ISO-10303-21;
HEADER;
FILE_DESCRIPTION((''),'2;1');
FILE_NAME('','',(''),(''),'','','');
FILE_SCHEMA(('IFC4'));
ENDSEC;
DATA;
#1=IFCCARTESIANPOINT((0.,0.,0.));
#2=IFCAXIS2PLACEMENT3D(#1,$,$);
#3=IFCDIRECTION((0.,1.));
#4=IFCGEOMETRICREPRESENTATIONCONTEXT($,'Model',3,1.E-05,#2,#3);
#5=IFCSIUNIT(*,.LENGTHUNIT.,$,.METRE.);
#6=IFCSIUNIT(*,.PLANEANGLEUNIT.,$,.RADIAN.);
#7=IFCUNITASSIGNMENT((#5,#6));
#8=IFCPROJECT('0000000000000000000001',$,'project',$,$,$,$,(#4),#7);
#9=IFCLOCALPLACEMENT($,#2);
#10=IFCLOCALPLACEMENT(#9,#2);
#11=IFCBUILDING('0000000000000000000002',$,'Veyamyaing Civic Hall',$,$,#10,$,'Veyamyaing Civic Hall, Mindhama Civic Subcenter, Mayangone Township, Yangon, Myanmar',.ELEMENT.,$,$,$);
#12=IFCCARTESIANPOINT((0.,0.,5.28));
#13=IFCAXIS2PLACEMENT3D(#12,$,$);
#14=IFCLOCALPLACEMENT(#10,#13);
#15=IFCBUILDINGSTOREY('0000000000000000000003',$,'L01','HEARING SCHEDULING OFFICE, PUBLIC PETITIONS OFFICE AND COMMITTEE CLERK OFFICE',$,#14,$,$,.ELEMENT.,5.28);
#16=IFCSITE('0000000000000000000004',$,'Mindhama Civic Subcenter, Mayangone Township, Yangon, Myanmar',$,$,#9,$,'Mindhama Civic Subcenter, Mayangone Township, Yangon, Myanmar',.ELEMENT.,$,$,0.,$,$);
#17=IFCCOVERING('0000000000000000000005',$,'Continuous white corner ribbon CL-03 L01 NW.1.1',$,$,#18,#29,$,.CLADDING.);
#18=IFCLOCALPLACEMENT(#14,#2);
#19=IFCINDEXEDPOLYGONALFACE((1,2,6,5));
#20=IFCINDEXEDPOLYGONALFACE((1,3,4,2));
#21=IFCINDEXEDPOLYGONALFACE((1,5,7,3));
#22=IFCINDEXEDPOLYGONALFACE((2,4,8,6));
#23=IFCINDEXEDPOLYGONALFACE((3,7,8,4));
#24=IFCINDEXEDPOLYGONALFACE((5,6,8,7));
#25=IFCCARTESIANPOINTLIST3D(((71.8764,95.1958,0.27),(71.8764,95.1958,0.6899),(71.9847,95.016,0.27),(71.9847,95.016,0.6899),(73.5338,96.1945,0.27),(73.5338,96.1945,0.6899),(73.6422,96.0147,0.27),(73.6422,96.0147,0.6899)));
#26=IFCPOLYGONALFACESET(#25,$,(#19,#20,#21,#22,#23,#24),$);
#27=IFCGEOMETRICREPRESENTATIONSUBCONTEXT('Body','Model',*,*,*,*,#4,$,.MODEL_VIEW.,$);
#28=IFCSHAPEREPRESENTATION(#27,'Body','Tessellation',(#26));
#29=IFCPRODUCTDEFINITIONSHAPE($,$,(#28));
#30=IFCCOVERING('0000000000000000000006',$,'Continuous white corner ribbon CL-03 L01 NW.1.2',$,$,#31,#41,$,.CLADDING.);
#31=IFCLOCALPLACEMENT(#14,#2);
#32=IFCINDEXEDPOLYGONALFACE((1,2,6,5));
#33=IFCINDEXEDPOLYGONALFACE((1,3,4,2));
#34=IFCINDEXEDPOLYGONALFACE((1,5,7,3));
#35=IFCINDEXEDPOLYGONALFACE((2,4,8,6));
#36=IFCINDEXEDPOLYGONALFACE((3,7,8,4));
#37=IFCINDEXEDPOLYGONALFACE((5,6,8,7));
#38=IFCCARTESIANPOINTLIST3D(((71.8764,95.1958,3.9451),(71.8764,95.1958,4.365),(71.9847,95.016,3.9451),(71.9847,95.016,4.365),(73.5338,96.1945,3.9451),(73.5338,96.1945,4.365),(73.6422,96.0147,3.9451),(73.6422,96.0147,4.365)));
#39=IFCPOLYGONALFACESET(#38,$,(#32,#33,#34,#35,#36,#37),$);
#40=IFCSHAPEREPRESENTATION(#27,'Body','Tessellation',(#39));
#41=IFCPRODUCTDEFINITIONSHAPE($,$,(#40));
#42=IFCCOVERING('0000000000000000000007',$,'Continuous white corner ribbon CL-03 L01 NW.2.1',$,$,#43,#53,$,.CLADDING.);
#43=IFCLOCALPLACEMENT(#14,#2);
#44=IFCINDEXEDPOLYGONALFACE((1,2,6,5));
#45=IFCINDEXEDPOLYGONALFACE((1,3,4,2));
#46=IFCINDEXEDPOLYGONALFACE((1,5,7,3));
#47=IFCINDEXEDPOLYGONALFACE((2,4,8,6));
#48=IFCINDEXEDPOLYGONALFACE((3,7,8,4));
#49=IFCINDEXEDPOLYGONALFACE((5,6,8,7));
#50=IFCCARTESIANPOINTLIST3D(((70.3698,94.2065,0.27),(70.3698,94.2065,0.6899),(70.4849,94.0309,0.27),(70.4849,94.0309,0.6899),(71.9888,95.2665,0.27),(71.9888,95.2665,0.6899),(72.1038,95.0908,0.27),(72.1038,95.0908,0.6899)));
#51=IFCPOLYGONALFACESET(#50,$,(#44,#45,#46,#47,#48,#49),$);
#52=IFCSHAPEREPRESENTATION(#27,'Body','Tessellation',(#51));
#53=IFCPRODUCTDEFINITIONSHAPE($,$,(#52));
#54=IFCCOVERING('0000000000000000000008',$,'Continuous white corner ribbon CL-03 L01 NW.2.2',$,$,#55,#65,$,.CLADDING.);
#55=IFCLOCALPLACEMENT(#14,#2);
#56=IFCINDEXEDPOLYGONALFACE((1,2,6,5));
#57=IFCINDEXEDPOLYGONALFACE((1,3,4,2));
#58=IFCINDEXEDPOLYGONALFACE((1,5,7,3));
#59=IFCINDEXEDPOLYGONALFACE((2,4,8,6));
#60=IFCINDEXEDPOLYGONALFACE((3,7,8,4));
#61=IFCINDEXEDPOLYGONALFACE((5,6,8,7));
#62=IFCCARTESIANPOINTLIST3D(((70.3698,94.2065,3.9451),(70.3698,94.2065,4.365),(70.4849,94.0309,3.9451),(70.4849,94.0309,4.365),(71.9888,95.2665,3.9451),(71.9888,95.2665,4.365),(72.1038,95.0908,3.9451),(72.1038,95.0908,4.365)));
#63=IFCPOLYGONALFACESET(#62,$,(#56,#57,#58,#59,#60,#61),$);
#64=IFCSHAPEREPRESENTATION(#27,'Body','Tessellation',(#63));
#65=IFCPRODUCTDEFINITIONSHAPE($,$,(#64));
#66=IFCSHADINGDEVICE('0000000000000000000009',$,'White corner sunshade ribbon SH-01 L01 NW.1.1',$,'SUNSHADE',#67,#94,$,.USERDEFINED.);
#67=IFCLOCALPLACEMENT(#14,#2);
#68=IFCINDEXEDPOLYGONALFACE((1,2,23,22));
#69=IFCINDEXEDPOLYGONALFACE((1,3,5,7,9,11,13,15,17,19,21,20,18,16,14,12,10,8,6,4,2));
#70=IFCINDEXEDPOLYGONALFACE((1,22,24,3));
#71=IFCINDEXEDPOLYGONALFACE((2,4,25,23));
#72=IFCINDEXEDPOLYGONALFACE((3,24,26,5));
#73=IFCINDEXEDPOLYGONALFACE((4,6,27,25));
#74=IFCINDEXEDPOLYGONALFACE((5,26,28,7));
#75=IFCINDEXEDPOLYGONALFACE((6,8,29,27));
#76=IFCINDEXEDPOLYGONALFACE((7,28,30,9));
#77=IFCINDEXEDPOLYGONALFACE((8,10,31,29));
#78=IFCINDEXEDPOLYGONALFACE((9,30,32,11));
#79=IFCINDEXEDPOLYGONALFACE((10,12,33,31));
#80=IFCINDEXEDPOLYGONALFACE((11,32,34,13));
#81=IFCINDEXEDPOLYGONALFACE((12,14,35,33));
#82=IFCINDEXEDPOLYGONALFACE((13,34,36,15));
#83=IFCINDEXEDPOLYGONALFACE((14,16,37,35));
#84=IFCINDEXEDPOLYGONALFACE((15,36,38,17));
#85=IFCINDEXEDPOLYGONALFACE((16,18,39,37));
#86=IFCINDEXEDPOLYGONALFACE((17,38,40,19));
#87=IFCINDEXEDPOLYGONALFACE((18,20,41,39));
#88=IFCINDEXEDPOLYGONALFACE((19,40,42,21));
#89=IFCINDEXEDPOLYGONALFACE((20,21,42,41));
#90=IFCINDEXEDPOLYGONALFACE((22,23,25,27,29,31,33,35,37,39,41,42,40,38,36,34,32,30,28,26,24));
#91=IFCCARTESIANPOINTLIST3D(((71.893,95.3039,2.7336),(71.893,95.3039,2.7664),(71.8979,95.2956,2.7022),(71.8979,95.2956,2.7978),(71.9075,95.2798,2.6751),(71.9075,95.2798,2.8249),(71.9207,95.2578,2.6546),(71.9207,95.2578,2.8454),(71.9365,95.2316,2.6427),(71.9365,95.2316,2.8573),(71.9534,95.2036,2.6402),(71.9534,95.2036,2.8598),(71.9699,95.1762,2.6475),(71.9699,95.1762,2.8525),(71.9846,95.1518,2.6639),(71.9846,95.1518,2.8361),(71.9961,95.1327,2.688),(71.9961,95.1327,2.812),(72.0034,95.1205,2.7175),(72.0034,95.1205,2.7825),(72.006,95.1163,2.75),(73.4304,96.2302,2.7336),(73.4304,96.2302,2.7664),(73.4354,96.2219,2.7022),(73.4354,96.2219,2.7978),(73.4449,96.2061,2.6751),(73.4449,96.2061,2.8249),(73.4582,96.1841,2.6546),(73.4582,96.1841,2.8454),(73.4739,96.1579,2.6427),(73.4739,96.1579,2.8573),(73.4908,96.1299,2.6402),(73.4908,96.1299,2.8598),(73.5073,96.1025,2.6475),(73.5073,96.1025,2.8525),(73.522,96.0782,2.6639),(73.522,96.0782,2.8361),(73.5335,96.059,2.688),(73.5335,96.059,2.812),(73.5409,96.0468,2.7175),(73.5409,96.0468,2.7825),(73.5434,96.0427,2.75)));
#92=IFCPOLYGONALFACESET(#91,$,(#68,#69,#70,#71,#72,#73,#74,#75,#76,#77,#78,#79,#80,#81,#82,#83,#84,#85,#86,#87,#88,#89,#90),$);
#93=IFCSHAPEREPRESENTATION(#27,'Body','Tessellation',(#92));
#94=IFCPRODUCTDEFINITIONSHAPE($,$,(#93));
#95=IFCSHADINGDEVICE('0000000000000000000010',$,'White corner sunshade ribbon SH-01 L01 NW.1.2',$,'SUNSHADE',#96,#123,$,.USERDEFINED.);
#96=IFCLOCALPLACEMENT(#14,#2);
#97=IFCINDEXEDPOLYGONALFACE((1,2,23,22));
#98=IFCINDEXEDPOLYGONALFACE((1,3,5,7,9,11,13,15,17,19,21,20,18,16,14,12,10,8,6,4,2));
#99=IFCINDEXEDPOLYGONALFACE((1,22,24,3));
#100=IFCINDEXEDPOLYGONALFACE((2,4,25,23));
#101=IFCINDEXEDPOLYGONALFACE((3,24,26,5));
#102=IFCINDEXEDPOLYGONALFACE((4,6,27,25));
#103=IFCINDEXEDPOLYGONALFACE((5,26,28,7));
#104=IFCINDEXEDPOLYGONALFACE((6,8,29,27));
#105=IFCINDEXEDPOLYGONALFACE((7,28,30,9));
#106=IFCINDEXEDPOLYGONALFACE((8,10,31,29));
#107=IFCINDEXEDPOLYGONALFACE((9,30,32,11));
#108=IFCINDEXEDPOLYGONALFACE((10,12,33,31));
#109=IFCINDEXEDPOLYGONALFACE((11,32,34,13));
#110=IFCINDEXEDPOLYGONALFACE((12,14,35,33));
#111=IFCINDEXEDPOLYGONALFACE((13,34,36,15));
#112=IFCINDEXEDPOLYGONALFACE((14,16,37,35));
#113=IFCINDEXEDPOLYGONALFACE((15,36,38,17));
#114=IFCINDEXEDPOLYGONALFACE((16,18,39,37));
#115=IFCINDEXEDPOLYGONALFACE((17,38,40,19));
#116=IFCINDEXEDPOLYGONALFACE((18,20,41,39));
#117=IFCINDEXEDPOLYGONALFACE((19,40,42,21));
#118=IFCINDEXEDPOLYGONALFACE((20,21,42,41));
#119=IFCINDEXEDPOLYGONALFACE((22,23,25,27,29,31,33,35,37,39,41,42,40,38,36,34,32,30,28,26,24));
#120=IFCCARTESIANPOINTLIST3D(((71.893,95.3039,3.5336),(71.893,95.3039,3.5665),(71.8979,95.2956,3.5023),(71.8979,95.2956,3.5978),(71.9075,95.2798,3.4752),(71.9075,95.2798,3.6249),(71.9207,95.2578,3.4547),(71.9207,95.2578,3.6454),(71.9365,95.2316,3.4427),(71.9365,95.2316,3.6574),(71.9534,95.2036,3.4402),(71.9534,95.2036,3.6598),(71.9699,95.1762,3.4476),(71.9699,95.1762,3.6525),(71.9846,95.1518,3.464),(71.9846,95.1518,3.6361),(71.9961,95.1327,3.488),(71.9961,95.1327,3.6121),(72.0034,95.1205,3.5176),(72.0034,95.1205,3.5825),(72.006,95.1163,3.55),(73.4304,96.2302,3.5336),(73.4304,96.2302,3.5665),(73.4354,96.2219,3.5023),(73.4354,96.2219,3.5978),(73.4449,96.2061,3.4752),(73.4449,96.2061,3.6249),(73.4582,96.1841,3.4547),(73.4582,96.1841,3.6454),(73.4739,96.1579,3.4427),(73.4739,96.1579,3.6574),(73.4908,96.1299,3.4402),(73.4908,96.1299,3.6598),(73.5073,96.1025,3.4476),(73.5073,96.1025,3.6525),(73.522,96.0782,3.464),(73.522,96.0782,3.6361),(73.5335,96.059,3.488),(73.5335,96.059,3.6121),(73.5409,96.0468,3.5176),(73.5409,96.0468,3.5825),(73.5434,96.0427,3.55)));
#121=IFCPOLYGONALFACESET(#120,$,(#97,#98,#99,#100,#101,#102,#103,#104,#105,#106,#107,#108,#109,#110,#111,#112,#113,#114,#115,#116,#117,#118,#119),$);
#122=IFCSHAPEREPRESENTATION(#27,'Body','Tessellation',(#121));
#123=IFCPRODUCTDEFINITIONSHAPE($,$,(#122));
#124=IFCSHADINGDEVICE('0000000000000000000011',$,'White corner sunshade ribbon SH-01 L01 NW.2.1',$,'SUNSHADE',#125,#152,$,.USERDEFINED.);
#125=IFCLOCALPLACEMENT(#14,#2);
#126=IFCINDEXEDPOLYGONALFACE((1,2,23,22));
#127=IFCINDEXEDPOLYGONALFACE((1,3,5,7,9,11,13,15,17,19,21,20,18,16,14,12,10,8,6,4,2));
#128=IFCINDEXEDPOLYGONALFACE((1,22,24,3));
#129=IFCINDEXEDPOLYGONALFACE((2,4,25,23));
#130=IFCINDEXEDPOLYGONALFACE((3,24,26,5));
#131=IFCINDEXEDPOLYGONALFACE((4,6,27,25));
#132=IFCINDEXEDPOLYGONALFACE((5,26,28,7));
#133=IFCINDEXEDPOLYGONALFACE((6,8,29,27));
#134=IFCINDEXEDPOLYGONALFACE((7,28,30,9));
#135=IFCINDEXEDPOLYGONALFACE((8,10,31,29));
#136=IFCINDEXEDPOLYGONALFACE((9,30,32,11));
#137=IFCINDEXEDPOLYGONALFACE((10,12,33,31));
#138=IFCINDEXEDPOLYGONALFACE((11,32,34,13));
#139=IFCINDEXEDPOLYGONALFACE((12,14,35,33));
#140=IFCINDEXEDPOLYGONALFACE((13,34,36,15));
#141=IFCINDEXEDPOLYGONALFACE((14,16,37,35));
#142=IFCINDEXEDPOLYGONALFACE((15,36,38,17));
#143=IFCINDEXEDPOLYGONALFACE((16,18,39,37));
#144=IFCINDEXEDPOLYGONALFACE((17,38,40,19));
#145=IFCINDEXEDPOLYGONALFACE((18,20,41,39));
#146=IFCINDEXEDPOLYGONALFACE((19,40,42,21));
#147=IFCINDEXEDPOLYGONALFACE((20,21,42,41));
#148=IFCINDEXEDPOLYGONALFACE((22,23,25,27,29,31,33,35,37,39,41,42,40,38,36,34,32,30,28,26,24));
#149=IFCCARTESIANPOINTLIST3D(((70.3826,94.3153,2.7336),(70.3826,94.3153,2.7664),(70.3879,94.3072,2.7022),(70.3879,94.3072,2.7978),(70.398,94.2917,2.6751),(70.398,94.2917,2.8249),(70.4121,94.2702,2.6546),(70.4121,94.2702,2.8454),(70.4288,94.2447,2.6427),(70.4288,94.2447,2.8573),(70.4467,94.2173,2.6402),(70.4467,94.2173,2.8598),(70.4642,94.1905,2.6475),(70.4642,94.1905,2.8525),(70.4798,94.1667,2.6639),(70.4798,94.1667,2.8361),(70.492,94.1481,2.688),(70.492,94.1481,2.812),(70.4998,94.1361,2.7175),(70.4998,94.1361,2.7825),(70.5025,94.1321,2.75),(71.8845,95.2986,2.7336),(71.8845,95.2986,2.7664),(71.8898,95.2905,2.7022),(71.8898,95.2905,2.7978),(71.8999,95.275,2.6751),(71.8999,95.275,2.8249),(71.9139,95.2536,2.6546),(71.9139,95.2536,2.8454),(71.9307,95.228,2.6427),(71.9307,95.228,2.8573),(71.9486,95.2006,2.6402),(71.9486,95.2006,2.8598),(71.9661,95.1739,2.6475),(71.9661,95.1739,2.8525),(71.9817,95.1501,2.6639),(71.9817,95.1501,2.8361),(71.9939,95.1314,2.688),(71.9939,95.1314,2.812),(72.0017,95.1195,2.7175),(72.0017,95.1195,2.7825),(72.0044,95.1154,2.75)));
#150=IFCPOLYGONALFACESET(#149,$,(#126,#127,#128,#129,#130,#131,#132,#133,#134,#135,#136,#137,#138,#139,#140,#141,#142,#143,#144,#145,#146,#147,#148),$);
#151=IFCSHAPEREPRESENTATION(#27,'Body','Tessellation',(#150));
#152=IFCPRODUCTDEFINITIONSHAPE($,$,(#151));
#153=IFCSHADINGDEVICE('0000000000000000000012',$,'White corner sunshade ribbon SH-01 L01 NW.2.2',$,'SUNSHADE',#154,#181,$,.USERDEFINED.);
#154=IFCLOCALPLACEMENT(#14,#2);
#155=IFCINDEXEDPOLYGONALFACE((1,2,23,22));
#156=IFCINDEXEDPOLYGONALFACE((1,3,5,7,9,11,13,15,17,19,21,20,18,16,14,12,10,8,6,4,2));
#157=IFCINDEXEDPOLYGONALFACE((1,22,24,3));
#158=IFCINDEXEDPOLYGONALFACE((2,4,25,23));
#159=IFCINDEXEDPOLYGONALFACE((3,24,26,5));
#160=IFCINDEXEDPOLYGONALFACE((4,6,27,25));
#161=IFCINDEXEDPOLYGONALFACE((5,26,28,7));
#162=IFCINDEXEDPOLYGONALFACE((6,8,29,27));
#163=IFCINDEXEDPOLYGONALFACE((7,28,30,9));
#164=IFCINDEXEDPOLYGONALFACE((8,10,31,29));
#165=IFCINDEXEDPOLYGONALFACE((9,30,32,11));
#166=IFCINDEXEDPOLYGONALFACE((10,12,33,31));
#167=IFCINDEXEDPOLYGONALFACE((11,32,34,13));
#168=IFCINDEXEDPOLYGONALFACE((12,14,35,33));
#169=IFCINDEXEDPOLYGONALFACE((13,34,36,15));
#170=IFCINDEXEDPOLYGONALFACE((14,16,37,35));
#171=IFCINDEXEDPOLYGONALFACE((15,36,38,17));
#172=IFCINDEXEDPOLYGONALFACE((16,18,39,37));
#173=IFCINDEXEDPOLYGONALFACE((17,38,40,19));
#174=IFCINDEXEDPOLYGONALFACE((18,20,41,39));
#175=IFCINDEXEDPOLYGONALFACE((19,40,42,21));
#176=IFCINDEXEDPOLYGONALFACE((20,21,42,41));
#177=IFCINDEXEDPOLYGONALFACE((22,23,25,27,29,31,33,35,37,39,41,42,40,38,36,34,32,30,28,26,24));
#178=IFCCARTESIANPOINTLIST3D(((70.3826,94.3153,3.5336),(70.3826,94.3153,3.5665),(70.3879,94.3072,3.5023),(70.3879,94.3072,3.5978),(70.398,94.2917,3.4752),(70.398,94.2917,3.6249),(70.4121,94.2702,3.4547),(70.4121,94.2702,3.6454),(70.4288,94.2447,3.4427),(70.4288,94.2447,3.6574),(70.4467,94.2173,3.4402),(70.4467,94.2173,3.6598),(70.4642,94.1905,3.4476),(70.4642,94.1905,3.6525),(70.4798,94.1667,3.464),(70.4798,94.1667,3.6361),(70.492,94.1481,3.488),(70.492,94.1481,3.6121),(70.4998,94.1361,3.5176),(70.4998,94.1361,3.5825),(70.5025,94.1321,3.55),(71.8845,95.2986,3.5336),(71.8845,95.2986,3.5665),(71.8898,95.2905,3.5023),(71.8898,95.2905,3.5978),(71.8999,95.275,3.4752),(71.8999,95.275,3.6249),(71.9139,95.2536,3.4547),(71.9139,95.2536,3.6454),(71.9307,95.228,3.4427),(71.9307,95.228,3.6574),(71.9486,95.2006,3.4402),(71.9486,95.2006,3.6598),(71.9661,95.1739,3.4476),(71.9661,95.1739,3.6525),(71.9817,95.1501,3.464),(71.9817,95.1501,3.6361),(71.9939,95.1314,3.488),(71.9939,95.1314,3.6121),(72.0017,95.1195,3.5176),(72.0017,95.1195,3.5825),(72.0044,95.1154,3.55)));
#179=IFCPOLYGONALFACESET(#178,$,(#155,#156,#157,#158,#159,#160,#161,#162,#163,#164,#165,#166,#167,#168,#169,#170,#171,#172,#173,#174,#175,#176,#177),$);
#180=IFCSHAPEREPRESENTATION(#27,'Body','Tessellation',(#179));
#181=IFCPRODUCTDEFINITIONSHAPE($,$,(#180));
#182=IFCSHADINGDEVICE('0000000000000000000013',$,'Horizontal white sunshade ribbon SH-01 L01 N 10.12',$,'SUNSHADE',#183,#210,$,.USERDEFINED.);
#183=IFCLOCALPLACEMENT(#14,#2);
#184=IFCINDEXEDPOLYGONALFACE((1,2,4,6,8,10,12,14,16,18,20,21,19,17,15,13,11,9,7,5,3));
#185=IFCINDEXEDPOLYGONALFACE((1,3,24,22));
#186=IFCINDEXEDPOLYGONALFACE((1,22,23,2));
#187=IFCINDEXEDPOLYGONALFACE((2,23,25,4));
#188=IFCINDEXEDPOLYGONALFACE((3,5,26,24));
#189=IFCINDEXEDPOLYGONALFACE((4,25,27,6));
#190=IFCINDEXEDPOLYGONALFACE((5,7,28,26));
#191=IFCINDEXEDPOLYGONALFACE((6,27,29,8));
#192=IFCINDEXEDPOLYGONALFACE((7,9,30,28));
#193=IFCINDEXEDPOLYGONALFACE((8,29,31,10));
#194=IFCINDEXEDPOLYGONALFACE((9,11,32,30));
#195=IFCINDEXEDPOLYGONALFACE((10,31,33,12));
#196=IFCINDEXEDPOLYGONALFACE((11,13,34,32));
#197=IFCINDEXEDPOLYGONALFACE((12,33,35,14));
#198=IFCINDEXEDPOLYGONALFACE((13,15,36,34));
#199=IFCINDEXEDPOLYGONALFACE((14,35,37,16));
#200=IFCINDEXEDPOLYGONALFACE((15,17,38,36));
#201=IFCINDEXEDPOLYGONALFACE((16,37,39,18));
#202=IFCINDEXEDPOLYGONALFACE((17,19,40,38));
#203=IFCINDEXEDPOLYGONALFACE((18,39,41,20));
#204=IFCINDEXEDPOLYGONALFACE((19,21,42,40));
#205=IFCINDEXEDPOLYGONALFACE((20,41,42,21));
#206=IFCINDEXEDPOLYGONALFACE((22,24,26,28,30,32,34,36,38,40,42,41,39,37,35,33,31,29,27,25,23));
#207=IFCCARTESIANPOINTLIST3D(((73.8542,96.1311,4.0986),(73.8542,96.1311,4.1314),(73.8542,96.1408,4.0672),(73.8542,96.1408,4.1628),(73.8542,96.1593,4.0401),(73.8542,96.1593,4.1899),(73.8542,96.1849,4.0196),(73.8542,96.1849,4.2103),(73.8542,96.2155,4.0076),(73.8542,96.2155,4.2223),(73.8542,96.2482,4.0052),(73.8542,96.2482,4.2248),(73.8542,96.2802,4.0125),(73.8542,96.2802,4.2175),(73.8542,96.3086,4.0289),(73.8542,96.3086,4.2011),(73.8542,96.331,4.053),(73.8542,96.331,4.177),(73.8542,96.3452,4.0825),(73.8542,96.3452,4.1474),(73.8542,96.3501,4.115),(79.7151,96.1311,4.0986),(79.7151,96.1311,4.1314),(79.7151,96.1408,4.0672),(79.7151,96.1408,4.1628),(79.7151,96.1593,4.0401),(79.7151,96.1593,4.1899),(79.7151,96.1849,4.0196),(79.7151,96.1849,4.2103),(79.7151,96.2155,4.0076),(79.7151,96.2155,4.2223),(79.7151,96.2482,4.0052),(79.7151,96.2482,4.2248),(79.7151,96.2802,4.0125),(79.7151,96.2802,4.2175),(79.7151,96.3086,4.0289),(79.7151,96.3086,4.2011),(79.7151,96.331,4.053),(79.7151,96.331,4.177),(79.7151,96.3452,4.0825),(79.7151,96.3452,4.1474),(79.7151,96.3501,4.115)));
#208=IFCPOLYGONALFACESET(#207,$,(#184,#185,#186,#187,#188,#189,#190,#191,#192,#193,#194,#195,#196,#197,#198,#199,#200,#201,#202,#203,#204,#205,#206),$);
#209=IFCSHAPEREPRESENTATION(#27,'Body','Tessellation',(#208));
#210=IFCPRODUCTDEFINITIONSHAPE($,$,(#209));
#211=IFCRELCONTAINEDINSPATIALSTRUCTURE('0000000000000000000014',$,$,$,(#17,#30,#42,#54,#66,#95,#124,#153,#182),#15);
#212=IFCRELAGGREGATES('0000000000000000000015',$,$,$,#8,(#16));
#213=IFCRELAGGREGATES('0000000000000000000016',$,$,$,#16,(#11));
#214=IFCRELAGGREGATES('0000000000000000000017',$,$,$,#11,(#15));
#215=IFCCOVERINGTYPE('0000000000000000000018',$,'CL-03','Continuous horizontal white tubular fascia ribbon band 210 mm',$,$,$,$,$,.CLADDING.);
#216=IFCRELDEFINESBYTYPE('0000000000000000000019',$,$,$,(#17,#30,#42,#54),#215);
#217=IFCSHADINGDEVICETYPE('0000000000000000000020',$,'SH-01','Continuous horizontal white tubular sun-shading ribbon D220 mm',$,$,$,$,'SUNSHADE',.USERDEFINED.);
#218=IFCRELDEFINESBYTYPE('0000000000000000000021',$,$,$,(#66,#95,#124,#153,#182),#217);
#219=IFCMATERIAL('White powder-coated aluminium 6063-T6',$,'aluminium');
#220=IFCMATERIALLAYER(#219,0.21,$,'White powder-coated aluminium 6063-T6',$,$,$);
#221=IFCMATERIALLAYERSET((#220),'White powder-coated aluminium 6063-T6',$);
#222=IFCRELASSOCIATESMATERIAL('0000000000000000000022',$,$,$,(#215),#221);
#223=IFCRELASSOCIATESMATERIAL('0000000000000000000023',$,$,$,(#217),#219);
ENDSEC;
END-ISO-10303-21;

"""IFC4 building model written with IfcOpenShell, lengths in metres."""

from ifc_helpers import new_model, si_unit, direction, frame, origin, origin_2d, place, context, subcontext, project, spatial, rectangle, circle, extrude, material, layer, layer_set, material_profile, profile_set, type_object, element, save


model = new_model("IFC4")

# Units and contexts
model_context = context("Model", 3, precision=1e-05, world=origin(), true_north=direction((0.0, 1.0)))
body_context = subcontext(model_context, "Body", "Model", "MODEL_VIEW")
ifc_project = project(units=[si_unit("LENGTHUNIT", "METRE"), si_unit("PLANEANGLEUNIT", "RADIAN")], contexts=[model_context])

# Site, building, storey
site_placement = place(None, origin())
site = spatial("IfcSite", under=ifc_project, at=site_placement, Name="Mindhama Civic Subcenter, Mayangone Township, Yangon, Myanmar", LongName="Mindhama Civic Subcenter, Mayangone Township, Yangon, Myanmar", CompositionType="ELEMENT", RefElevation=0.0)
building_placement = place(site_placement, origin())
building = spatial("IfcBuilding", under=site, at=building_placement, Name="Veyamyaing Civic Hall", LongName="Veyamyaing Civic Hall, Mindhama Civic Subcenter, Mayangone Township, Yangon, Myanmar", CompositionType="ELEMENT")
storey_placement = place(building_placement, frame((0.0, 0.0, 5.28)))
storey = spatial("IfcBuildingStorey", under=building, at=storey_placement, Name="L01", Description="HEARING SCHEDULING OFFICE, PUBLIC PETITIONS OFFICE AND COMMITTEE CLERK OFFICE", CompositionType="ELEMENT", Elevation=5.28)

# Coverings
ifc_material_1 = material(Name="White powder-coated aluminium 6063-T6", Category="aluminium")
ifc_layer_1 = layer(ifc_material_1, 0.21, Name="White powder-coated aluminium 6063-T6")
ifc_layer_set_1 = layer_set([ifc_layer_1], Name="White powder-coated aluminium 6063-T6")
covering_type = type_object("IfcCoveringType", Name="CL-03", Description="Continuous horizontal white tubular fascia ribbon band 210 mm", PredefinedType="CLADDING", material=ifc_layer_set_1)
for number, where, z_axis, x_axis, name in (
    (1, (72.7593, 95.6052, 0.27), (0.0, 0.0, 1.0), (-0.856524, -0.516107, 0.0), "Continuous white corner ribbon CL-03 L01 NW.1.1"),
    (2, (72.7593, 95.6052, 3.9451), (0.0, 0.0, 1.0), (-0.856524, -0.516107, 0.0), "Continuous white corner ribbon CL-03 L01 NW.1.2"),
    (3, (71.2368, 94.6487, 0.27), (0.0, 0.0, 1.0), (-0.836628, -0.547772, 0.0), "Continuous white corner ribbon CL-03 L01 NW.2.1"),
    (4, (71.2368, 94.6487, 3.9451), (0.0, 0.0, 1.0), (-0.836628, -0.547772, 0.0), "Continuous white corner ribbon CL-03 L01 NW.2.2"),
):
    element("IfcCovering", number, at=place(storey_placement, frame(where, z_axis=z_axis, x_axis=x_axis)), inside=storey, type_object=covering_type, Name=name, PredefinedType="CLADDING", context=body_context, shape_type="SweptSolid", body=[
        extrude(rectangle(XDim=1.9351, YDim=0.21, at=origin_2d()), origin(), (0.0, 0.0, 1.0), 0.4199),
    ])

# Shading devices
ifc_material_profile_1 = material_profile(ifc_material_1, circle(Radius=0.1101, at=origin_2d()), Name="SHADE-TUBE-220")
ifc_profile_set_1 = profile_set([ifc_material_profile_1], Name="White powder-coated aluminium 6063-T6")
shading_device_type = type_object("IfcShadingDeviceType", Name="SH-01", Description="Continuous horizontal white tubular sun-shading ribbon D220 mm", ElementType="SUNSHADE", PredefinedType="USERDEFINED", material=ifc_profile_set_1)
for number, where, z_axis, x_axis, name in (
    (5, (73.4866, 96.137, 2.75), (-0.856543, -0.516075, 0.0), (0.516075, -0.856543, 0.0), "White corner sunshade ribbon SH-01 L01 NW.1.1"),
    (6, (73.4866, 96.137, 3.55), (-0.856543, -0.516075, 0.0), (0.516075, -0.856543, 0.0), "White corner sunshade ribbon SH-01 L01 NW.1.2"),
):
    element("IfcShadingDevice", number, at=place(storey_placement, frame(where, z_axis=z_axis, x_axis=x_axis)), inside=storey, type_object=shading_device_type, Name=name, ObjectType="SUNSHADE", PredefinedType="USERDEFINED", context=body_context, shape_type="SweptSolid", body=[
        extrude(circle(Radius=0.1101, at=origin_2d()), origin(), (0.0, 0.0, 1.0), 1.7949),
    ])
for number, where, z_axis, x_axis, name in (
    (7, (71.9441, 95.2075, 2.75), (-0.836624, -0.547777, 0.0), (0.547777, -0.836624, 0.0), "White corner sunshade ribbon SH-01 L01 NW.2.1"),
    (8, (71.9441, 95.2075, 3.55), (-0.836624, -0.547777, 0.0), (0.547777, -0.836624, 0.0), "White corner sunshade ribbon SH-01 L01 NW.2.2"),
):
    element("IfcShadingDevice", number, at=place(storey_placement, frame(where, z_axis=z_axis, x_axis=x_axis)), inside=storey, type_object=shading_device_type, Name=name, ObjectType="SUNSHADE", PredefinedType="USERDEFINED", context=body_context, shape_type="SweptSolid", body=[
        extrude(circle(Radius=0.1101, at=origin_2d()), origin(), (0.0, 0.0, 1.0), 1.7952),
    ])
shading_device_placement = place(storey_placement, frame((73.8542, 96.24, 4.115), z_axis=(1.0, 0.0, 0.0), x_axis=(0.0, 1.0, 0.0)))
element("IfcShadingDevice", 9, at=shading_device_placement, inside=storey, type_object=shading_device_type, Name="Horizontal white sunshade ribbon SH-01 L01 N 10.12", ObjectType="SUNSHADE", PredefinedType="USERDEFINED", context=body_context, shape_type="SweptSolid", body=[
    extrude(circle(Radius=0.1101, at=origin_2d()), origin(), (0.0, 0.0, 1.0), 5.8608),
])

save(model, "model.ifc")
